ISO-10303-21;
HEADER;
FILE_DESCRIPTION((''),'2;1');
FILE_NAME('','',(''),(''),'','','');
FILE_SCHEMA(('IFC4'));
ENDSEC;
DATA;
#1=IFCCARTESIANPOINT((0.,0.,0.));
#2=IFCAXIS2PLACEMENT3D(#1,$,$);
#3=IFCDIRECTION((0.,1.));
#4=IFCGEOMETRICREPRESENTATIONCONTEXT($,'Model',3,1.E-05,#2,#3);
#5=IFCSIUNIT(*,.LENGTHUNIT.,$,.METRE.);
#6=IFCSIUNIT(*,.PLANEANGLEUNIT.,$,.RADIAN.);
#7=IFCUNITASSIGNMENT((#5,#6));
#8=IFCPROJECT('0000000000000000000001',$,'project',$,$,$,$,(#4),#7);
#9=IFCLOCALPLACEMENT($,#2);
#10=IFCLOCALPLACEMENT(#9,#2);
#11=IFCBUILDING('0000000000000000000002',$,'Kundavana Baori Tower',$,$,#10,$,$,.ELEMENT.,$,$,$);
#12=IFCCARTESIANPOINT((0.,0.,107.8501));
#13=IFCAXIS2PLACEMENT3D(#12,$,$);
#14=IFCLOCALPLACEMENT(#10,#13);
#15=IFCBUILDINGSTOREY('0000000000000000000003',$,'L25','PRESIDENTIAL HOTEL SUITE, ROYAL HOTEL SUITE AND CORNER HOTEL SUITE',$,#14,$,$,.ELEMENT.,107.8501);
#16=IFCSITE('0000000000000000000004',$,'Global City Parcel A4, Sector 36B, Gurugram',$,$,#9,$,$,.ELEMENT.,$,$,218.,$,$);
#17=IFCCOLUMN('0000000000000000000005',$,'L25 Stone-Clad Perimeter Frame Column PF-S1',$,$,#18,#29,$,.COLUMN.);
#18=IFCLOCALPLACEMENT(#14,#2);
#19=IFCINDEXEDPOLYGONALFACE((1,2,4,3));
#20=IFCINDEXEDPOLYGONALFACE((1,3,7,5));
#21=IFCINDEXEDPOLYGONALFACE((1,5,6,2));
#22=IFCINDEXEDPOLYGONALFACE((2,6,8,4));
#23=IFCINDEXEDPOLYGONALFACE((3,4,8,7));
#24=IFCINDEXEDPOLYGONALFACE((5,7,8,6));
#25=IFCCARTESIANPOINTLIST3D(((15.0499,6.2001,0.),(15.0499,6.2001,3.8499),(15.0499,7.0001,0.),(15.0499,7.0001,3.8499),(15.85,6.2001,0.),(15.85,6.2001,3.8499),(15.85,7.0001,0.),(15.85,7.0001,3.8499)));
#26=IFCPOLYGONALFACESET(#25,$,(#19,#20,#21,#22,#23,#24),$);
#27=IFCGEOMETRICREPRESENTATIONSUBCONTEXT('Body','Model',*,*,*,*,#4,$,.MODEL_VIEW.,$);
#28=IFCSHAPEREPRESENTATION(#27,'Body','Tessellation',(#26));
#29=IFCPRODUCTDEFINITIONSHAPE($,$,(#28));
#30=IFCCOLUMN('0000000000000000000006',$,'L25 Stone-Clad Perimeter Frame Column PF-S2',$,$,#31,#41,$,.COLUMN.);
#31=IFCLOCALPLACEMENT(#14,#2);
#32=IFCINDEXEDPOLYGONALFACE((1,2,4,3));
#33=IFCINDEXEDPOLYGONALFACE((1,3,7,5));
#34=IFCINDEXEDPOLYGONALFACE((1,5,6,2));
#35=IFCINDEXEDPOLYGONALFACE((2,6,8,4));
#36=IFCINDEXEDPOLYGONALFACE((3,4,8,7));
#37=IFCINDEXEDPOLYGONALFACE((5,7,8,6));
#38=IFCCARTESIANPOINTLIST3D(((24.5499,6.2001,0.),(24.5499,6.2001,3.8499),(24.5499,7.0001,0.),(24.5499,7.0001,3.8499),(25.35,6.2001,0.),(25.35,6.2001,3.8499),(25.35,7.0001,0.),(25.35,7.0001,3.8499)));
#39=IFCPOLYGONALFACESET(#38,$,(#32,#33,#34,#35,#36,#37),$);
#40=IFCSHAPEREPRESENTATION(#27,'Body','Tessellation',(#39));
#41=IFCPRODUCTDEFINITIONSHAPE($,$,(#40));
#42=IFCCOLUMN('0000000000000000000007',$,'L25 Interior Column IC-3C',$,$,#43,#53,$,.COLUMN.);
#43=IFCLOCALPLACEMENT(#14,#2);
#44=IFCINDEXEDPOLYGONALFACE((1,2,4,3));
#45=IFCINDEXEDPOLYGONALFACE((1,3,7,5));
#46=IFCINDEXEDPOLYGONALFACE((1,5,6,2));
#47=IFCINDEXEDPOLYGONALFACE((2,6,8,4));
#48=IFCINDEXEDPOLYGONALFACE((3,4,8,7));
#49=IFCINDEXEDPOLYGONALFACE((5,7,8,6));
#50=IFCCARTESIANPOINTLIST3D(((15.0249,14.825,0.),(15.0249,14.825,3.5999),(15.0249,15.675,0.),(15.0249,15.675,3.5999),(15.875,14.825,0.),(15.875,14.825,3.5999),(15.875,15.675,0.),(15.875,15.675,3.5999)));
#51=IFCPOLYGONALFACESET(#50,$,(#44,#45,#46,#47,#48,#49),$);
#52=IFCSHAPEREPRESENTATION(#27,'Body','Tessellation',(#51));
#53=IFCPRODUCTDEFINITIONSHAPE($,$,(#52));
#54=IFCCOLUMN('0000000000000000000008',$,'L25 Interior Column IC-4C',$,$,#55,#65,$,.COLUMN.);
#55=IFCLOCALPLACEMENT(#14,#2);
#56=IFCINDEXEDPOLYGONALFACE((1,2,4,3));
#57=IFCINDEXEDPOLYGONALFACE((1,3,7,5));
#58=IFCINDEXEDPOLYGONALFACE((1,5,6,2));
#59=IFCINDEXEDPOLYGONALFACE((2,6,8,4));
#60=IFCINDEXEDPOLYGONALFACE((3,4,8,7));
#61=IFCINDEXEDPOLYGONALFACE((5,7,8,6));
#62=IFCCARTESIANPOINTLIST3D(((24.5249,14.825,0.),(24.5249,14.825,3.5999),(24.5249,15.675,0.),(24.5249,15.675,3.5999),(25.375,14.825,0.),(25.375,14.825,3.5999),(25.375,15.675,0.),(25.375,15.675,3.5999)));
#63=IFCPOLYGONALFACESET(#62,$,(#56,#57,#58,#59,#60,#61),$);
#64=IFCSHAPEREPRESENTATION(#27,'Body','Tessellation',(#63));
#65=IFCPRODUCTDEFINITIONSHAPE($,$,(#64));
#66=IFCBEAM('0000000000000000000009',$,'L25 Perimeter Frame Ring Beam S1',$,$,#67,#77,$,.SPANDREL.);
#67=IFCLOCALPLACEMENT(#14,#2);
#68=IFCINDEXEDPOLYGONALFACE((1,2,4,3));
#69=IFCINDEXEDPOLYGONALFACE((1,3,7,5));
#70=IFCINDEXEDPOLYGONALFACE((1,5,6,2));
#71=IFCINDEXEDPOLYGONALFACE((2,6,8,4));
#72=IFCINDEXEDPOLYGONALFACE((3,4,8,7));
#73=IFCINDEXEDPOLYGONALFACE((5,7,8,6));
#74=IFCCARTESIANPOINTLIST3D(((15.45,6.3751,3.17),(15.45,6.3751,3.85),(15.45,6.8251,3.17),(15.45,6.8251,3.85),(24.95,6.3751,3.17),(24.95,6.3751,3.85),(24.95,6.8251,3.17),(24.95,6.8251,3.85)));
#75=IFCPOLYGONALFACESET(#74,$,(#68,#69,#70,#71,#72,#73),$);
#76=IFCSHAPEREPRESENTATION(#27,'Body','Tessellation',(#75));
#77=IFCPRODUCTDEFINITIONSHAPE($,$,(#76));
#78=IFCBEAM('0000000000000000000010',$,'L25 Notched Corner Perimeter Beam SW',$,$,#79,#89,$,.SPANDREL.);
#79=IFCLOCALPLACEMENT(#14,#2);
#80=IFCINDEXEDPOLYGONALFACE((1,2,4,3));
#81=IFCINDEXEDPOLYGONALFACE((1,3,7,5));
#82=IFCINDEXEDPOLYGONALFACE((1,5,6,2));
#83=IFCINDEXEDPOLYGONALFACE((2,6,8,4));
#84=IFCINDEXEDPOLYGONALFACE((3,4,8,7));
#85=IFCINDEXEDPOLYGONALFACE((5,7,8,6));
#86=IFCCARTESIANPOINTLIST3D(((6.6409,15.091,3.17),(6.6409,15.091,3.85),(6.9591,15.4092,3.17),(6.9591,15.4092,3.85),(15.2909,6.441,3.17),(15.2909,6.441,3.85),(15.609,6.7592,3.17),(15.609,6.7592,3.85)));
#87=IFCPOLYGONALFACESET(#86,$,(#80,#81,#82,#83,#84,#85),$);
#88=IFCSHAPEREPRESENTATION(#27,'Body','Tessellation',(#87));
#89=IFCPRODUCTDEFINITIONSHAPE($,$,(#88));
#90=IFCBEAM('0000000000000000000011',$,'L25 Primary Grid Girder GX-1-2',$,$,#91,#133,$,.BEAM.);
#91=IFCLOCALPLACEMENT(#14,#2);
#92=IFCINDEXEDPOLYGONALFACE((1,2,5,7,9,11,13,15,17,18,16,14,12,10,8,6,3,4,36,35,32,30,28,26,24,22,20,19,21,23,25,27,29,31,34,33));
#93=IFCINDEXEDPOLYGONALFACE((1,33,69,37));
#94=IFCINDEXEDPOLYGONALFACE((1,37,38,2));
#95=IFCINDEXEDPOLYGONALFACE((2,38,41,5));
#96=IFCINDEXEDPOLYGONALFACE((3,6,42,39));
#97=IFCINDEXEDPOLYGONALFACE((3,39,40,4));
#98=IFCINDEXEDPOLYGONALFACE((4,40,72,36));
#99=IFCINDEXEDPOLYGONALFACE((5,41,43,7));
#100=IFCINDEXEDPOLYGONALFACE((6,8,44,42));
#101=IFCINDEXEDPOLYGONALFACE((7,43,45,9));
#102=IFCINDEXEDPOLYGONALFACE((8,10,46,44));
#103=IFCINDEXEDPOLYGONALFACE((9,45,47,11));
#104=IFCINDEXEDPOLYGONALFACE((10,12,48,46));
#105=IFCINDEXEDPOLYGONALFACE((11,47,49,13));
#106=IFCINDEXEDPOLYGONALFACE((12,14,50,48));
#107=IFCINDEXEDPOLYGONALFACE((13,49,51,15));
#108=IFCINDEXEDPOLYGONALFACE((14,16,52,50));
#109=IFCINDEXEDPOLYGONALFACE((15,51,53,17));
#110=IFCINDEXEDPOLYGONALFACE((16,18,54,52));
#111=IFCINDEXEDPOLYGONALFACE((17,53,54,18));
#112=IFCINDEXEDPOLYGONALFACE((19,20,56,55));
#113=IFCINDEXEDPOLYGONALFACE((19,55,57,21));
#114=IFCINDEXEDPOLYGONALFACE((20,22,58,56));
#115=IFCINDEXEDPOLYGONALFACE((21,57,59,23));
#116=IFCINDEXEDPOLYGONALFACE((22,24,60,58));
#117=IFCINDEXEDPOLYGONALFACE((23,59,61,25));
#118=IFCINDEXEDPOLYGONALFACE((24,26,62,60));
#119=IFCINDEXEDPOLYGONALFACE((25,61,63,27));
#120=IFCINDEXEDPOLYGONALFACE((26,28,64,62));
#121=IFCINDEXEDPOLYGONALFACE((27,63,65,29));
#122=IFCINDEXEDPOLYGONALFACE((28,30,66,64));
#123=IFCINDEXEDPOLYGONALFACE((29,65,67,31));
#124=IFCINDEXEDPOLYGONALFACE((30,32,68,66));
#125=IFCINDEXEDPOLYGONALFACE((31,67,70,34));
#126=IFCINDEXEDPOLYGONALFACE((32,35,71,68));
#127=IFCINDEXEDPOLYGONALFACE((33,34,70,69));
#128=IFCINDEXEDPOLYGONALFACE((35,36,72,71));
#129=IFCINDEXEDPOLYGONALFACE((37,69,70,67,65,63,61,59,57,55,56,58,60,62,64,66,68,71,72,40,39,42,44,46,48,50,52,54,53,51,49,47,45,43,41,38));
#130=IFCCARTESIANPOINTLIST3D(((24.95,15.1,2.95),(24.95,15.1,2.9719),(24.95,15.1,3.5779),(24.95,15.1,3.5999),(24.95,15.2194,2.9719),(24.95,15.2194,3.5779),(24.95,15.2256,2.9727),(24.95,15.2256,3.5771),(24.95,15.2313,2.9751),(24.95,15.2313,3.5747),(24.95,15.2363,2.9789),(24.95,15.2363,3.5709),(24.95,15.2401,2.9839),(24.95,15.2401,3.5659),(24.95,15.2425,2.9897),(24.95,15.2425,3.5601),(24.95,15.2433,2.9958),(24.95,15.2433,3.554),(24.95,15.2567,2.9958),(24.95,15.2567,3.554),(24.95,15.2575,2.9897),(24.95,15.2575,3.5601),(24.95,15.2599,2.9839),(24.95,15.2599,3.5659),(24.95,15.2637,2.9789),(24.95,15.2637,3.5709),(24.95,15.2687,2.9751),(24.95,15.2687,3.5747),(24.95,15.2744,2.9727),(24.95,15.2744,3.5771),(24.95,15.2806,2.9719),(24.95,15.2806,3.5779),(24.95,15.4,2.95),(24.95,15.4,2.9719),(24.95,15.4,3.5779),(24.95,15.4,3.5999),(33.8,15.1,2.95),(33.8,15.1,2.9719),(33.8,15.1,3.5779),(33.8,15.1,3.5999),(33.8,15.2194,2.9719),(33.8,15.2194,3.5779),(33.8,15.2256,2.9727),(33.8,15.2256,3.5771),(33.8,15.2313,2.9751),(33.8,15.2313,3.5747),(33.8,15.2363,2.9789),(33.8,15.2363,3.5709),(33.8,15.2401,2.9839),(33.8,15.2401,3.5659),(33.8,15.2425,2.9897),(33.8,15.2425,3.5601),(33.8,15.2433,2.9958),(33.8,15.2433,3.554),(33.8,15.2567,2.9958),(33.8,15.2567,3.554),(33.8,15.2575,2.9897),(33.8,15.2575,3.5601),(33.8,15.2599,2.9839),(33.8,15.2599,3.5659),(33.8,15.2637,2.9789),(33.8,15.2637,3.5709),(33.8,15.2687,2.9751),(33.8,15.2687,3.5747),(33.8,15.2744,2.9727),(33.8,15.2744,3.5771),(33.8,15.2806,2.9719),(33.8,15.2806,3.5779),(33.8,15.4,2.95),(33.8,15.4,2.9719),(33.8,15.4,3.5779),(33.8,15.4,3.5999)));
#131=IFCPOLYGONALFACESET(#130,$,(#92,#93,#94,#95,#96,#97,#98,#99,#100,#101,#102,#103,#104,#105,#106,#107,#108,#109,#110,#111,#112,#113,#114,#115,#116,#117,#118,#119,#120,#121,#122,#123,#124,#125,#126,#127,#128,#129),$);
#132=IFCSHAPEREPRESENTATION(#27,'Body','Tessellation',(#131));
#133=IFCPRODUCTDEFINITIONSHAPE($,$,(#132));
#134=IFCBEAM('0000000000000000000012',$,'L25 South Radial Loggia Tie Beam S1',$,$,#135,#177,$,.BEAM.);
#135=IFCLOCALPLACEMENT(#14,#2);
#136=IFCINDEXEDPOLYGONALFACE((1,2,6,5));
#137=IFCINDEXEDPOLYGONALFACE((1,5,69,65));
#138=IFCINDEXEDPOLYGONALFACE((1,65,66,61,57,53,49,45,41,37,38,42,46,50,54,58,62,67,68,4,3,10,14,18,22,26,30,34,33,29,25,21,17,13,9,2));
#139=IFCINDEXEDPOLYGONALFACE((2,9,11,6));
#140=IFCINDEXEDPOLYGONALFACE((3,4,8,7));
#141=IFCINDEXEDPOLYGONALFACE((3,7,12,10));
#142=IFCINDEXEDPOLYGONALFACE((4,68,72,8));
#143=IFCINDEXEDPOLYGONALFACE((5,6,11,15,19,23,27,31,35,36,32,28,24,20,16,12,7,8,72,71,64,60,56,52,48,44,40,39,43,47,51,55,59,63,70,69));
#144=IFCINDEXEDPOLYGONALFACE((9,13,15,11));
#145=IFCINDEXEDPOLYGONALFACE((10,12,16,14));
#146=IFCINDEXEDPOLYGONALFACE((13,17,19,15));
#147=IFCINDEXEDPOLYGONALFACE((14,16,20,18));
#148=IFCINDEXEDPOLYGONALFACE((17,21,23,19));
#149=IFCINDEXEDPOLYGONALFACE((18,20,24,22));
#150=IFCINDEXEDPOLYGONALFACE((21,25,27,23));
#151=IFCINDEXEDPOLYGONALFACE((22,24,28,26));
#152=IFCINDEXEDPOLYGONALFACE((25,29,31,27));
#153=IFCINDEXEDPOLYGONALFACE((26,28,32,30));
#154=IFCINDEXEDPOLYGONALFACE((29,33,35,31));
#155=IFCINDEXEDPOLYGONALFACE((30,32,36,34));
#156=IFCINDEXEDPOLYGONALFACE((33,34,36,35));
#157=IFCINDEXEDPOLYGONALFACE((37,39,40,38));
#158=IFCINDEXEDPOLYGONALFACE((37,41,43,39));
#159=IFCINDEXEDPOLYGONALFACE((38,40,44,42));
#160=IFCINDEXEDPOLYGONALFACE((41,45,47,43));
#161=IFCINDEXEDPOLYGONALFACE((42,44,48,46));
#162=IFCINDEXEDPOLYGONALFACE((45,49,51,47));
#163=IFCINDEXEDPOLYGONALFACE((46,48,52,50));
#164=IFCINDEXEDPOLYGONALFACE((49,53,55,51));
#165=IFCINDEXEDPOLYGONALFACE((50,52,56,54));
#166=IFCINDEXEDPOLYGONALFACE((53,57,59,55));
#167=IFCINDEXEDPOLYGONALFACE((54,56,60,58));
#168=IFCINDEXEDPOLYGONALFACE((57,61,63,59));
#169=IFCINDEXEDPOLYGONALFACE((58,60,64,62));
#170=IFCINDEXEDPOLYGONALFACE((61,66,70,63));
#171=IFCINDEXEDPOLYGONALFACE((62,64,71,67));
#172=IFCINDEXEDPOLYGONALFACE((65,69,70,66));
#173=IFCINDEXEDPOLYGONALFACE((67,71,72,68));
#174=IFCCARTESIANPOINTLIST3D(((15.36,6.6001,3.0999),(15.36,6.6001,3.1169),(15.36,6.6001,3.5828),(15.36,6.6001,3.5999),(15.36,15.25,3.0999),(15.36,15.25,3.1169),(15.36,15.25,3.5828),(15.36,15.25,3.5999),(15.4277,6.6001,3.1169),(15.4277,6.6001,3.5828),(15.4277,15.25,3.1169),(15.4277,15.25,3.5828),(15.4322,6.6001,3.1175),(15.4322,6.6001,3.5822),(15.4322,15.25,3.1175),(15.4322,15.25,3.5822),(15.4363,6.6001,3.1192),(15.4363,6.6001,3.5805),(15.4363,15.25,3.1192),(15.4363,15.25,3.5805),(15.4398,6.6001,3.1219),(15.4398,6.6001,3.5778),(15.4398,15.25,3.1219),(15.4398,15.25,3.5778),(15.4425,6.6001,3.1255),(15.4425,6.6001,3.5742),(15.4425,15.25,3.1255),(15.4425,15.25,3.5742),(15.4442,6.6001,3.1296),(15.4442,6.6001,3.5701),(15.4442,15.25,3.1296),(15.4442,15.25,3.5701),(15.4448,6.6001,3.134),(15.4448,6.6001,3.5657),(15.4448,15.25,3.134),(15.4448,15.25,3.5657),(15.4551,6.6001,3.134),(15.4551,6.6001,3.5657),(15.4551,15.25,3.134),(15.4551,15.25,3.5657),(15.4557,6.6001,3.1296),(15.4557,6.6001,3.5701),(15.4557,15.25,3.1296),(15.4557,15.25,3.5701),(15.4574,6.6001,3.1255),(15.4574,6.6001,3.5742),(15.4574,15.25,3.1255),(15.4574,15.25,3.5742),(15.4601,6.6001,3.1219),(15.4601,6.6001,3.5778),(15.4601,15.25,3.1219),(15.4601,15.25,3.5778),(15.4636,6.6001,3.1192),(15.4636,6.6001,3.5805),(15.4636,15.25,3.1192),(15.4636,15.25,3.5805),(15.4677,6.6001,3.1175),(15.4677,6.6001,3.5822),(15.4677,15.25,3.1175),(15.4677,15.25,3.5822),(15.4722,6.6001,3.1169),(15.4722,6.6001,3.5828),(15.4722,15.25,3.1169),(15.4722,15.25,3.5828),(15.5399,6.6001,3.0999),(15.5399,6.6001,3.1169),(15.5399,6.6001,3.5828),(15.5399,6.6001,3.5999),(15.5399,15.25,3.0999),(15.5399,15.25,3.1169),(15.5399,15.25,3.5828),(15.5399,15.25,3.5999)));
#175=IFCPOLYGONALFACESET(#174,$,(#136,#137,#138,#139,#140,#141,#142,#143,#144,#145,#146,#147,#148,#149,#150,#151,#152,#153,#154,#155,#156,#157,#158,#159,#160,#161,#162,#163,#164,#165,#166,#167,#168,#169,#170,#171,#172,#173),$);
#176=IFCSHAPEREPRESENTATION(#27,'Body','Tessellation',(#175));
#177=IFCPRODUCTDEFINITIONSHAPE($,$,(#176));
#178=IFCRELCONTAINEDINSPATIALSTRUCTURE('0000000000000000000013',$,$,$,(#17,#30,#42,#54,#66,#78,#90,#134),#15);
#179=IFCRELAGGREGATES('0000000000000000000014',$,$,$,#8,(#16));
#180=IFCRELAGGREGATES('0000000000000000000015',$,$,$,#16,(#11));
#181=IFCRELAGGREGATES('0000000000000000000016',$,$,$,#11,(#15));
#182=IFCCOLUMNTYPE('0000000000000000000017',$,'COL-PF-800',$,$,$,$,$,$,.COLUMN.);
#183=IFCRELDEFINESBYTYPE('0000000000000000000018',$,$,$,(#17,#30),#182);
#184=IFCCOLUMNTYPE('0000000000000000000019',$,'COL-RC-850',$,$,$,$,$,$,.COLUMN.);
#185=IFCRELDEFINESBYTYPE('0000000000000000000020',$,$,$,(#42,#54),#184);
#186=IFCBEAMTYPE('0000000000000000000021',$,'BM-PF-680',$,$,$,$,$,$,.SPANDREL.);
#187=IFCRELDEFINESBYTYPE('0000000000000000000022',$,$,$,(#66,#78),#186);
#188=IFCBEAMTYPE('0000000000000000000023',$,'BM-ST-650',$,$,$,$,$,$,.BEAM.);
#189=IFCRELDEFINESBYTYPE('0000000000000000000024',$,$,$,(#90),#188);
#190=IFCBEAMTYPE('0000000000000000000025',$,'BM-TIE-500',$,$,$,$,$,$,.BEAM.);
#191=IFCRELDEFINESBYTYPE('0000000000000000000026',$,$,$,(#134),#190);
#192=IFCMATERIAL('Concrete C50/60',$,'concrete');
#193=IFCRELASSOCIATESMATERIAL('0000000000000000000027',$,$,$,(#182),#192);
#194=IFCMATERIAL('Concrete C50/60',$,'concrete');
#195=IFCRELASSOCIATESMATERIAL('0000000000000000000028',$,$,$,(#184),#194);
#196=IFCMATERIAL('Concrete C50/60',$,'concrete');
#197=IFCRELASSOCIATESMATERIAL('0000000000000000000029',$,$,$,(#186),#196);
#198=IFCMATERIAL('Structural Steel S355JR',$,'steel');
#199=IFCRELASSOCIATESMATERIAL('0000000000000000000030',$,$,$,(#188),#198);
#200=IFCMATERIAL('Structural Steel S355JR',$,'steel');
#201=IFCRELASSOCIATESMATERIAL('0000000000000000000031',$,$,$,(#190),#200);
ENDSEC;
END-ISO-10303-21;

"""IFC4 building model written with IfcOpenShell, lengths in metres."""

from ifc_helpers import new_model, si_unit, direction, frame, origin, origin_2d, place, context, subcontext, project, spatial, rectangle, i_section, extrude, material, material_profile, profile_set, type_object, element, save


model = new_model("IFC4")

# Units and contexts
model_context = context("Model", 3, precision=1e-05, world=origin(), true_north=direction((0.0, 1.0)))
body_context = subcontext(model_context, "Body", "Model", "MODEL_VIEW")
ifc_project = project(units=[si_unit("LENGTHUNIT", "METRE"), si_unit("PLANEANGLEUNIT", "RADIAN")], contexts=[model_context])

# Site, building, storey
site_placement = place(None, origin())
site = spatial("IfcSite", under=ifc_project, at=site_placement, Name="Global City Parcel A4, Sector 36B, Gurugram", CompositionType="ELEMENT", RefElevation=218.0)
building_placement = place(site_placement, origin())
building = spatial("IfcBuilding", under=site, at=building_placement, Name="Kundavana Baori Tower", CompositionType="ELEMENT")
storey_placement = place(building_placement, frame((0.0, 0.0, 107.8501)))
storey = spatial("IfcBuildingStorey", under=building, at=storey_placement, Name="L25", Description="PRESIDENTIAL HOTEL SUITE, ROYAL HOTEL SUITE AND CORNER HOTEL SUITE", CompositionType="ELEMENT", Elevation=107.8501)

# Columns
ifc_material_1 = material(Name="Concrete C50/60", Category="concrete")
ifc_material_profile_1 = material_profile(ifc_material_1, rectangle(XDim=0.8, YDim=0.8, at=origin_2d()), Name="RC PF 800x800")
ifc_profile_set_1 = profile_set([ifc_material_profile_1], Name="Concrete C50/60")
column_type_1 = type_object("IfcColumnType", Name="COL-PF-800", PredefinedType="COLUMN", material=ifc_profile_set_1)
for number, where, z_axis, x_axis, name in (
    (1, (15.45, 6.6001, 0.0), (0.0, 0.0, 1.0), (1.0, 0.0, 0.0), "L25 Stone-Clad Perimeter Frame Column PF-S1"),
    (2, (24.95, 6.6001, 0.0), (0.0, 0.0, 1.0), (1.0, 0.0, 0.0), "L25 Stone-Clad Perimeter Frame Column PF-S2"),
):
    element("IfcColumn", number, at=place(storey_placement, frame(where, z_axis=z_axis, x_axis=x_axis)), inside=storey, type_object=column_type_1, Name=name, PredefinedType="COLUMN", context=body_context, shape_type="SweptSolid", body=[
        extrude(rectangle(XDim=0.8, YDim=0.8, at=origin_2d()), origin(), (0.0, 0.0, 1.0), 3.8499),
    ])
ifc_material_2 = material(Name="Concrete C50/60", Category="concrete")
ifc_material_profile_2 = material_profile(ifc_material_2, rectangle(XDim=0.8501, YDim=0.8501, at=origin_2d()), Name="RC 850x850")
ifc_profile_set_2 = profile_set([ifc_material_profile_2], Name="Concrete C50/60")
column_type_2 = type_object("IfcColumnType", Name="COL-RC-850", PredefinedType="COLUMN", material=ifc_profile_set_2)
for number, where, z_axis, x_axis, name in (
    (3, (15.45, 15.25, 0.0), (0.0, 0.0, 1.0), (1.0, 0.0, 0.0), "L25 Interior Column IC-3C"),
    (4, (24.95, 15.25, 0.0), (0.0, 0.0, 1.0), (1.0, 0.0, 0.0), "L25 Interior Column IC-4C"),
):
    element("IfcColumn", number, at=place(storey_placement, frame(where, z_axis=z_axis, x_axis=x_axis)), inside=storey, type_object=column_type_2, Name=name, PredefinedType="COLUMN", context=body_context, shape_type="SweptSolid", body=[
        extrude(rectangle(XDim=0.8501, YDim=0.8501, at=origin_2d()), origin(), (0.0, 0.0, 1.0), 3.5999),
    ])

# Beams
ifc_material_3 = material(Name="Concrete C50/60", Category="concrete")
ifc_material_profile_3 = material_profile(ifc_material_3, rectangle(XDim=0.45, YDim=0.6799, at=origin_2d()), Name="RC BM 450x680")
ifc_profile_set_3 = profile_set([ifc_material_profile_3], Name="Concrete C50/60")
beam_type_1 = type_object("IfcBeamType", Name="BM-PF-680", PredefinedType="SPANDREL", material=ifc_profile_set_3)
beam_1_placement = place(storey_placement, frame((15.45, 6.6001, 3.51), z_axis=(1.0, 0.0, 0.0), x_axis=(0.0, 1.0, 0.0)))
element("IfcBeam", 5, at=beam_1_placement, inside=storey, type_object=beam_type_1, Name="L25 Perimeter Frame Ring Beam S1", PredefinedType="SPANDREL", context=body_context, shape_type="SweptSolid", body=[
    extrude(rectangle(XDim=0.45, YDim=0.6799, at=origin_2d()), origin(), (0.0, 0.0, 1.0), 9.5),
])
beam_2_placement = place(storey_placement, frame((15.45, 6.6001, 3.51), z_axis=(-0.707107, 0.707107, 0.0), x_axis=(-0.707107, -0.707107, 0.0)))
element("IfcBeam", 6, at=beam_2_placement, inside=storey, type_object=beam_type_1, Name="L25 Notched Corner Perimeter Beam SW", PredefinedType="SPANDREL", context=body_context, shape_type="SweptSolid", body=[
    extrude(rectangle(XDim=0.45, YDim=0.6799, at=origin_2d()), origin(), (0.0, 0.0, 1.0), 12.2329),
])
ifc_material_4 = material(Name="Structural Steel S355JR", Category="steel")
ifc_material_profile_4 = material_profile(ifc_material_4, i_section(OverallWidth=0.3, OverallDepth=0.6499, WebThickness=0.0134, FlangeThickness=0.022, FilletRadius=0.0239, at=origin_2d()), Name="NPB 650x300x155")
ifc_profile_set_4 = profile_set([ifc_material_profile_4], Name="Structural Steel S355JR")
beam_type_2 = type_object("IfcBeamType", Name="BM-ST-650", PredefinedType="BEAM", material=ifc_profile_set_4)
beam_3_placement = place(storey_placement, frame((24.95, 15.25, 3.2749), z_axis=(1.0, 0.0, 0.0), x_axis=(0.0, 1.0, 0.0)))
element("IfcBeam", 7, at=beam_3_placement, inside=storey, type_object=beam_type_2, Name="L25 Primary Grid Girder GX-1-2", PredefinedType="BEAM", context=body_context, shape_type="SweptSolid", body=[
    extrude(i_section(OverallWidth=0.3, OverallDepth=0.6499, WebThickness=0.0134, FlangeThickness=0.022, FilletRadius=0.0239, at=origin_2d()), origin(), (0.0, 0.0, 1.0), 8.8501),
])
ifc_material_5 = material(Name="Structural Steel S355JR", Category="steel")
ifc_material_profile_5 = material_profile(ifc_material_5, i_section(OverallWidth=0.1799, OverallDepth=0.5, WebThickness=0.0103, FlangeThickness=0.0171, FilletRadius=0.0171, at=origin_2d()), Name="ISMB 500")
ifc_profile_set_5 = profile_set([ifc_material_profile_5], Name="Structural Steel S355JR")
beam_type_3 = type_object("IfcBeamType", Name="BM-TIE-500", PredefinedType="BEAM", material=ifc_profile_set_5)
for number, where, z_axis, x_axis, name in (
    (8, (15.45, 15.25, 3.3499), (0.0, -1.0, 0.0), (1.0, 0.0, 0.0), "L25 South Radial Loggia Tie Beam S1"),
):
    element("IfcBeam", number, at=place(storey_placement, frame(where, z_axis=z_axis, x_axis=x_axis)), inside=storey, type_object=beam_type_3, Name=name, PredefinedType="BEAM", context=body_context, shape_type="SweptSolid", body=[
        extrude(i_section(OverallWidth=0.1799, OverallDepth=0.5, WebThickness=0.0103, FlangeThickness=0.0171, FilletRadius=0.0171, at=origin_2d()), origin(), (0.0, 0.0, 1.0), 8.6499),
    ])

save(model, "model.ifc")
